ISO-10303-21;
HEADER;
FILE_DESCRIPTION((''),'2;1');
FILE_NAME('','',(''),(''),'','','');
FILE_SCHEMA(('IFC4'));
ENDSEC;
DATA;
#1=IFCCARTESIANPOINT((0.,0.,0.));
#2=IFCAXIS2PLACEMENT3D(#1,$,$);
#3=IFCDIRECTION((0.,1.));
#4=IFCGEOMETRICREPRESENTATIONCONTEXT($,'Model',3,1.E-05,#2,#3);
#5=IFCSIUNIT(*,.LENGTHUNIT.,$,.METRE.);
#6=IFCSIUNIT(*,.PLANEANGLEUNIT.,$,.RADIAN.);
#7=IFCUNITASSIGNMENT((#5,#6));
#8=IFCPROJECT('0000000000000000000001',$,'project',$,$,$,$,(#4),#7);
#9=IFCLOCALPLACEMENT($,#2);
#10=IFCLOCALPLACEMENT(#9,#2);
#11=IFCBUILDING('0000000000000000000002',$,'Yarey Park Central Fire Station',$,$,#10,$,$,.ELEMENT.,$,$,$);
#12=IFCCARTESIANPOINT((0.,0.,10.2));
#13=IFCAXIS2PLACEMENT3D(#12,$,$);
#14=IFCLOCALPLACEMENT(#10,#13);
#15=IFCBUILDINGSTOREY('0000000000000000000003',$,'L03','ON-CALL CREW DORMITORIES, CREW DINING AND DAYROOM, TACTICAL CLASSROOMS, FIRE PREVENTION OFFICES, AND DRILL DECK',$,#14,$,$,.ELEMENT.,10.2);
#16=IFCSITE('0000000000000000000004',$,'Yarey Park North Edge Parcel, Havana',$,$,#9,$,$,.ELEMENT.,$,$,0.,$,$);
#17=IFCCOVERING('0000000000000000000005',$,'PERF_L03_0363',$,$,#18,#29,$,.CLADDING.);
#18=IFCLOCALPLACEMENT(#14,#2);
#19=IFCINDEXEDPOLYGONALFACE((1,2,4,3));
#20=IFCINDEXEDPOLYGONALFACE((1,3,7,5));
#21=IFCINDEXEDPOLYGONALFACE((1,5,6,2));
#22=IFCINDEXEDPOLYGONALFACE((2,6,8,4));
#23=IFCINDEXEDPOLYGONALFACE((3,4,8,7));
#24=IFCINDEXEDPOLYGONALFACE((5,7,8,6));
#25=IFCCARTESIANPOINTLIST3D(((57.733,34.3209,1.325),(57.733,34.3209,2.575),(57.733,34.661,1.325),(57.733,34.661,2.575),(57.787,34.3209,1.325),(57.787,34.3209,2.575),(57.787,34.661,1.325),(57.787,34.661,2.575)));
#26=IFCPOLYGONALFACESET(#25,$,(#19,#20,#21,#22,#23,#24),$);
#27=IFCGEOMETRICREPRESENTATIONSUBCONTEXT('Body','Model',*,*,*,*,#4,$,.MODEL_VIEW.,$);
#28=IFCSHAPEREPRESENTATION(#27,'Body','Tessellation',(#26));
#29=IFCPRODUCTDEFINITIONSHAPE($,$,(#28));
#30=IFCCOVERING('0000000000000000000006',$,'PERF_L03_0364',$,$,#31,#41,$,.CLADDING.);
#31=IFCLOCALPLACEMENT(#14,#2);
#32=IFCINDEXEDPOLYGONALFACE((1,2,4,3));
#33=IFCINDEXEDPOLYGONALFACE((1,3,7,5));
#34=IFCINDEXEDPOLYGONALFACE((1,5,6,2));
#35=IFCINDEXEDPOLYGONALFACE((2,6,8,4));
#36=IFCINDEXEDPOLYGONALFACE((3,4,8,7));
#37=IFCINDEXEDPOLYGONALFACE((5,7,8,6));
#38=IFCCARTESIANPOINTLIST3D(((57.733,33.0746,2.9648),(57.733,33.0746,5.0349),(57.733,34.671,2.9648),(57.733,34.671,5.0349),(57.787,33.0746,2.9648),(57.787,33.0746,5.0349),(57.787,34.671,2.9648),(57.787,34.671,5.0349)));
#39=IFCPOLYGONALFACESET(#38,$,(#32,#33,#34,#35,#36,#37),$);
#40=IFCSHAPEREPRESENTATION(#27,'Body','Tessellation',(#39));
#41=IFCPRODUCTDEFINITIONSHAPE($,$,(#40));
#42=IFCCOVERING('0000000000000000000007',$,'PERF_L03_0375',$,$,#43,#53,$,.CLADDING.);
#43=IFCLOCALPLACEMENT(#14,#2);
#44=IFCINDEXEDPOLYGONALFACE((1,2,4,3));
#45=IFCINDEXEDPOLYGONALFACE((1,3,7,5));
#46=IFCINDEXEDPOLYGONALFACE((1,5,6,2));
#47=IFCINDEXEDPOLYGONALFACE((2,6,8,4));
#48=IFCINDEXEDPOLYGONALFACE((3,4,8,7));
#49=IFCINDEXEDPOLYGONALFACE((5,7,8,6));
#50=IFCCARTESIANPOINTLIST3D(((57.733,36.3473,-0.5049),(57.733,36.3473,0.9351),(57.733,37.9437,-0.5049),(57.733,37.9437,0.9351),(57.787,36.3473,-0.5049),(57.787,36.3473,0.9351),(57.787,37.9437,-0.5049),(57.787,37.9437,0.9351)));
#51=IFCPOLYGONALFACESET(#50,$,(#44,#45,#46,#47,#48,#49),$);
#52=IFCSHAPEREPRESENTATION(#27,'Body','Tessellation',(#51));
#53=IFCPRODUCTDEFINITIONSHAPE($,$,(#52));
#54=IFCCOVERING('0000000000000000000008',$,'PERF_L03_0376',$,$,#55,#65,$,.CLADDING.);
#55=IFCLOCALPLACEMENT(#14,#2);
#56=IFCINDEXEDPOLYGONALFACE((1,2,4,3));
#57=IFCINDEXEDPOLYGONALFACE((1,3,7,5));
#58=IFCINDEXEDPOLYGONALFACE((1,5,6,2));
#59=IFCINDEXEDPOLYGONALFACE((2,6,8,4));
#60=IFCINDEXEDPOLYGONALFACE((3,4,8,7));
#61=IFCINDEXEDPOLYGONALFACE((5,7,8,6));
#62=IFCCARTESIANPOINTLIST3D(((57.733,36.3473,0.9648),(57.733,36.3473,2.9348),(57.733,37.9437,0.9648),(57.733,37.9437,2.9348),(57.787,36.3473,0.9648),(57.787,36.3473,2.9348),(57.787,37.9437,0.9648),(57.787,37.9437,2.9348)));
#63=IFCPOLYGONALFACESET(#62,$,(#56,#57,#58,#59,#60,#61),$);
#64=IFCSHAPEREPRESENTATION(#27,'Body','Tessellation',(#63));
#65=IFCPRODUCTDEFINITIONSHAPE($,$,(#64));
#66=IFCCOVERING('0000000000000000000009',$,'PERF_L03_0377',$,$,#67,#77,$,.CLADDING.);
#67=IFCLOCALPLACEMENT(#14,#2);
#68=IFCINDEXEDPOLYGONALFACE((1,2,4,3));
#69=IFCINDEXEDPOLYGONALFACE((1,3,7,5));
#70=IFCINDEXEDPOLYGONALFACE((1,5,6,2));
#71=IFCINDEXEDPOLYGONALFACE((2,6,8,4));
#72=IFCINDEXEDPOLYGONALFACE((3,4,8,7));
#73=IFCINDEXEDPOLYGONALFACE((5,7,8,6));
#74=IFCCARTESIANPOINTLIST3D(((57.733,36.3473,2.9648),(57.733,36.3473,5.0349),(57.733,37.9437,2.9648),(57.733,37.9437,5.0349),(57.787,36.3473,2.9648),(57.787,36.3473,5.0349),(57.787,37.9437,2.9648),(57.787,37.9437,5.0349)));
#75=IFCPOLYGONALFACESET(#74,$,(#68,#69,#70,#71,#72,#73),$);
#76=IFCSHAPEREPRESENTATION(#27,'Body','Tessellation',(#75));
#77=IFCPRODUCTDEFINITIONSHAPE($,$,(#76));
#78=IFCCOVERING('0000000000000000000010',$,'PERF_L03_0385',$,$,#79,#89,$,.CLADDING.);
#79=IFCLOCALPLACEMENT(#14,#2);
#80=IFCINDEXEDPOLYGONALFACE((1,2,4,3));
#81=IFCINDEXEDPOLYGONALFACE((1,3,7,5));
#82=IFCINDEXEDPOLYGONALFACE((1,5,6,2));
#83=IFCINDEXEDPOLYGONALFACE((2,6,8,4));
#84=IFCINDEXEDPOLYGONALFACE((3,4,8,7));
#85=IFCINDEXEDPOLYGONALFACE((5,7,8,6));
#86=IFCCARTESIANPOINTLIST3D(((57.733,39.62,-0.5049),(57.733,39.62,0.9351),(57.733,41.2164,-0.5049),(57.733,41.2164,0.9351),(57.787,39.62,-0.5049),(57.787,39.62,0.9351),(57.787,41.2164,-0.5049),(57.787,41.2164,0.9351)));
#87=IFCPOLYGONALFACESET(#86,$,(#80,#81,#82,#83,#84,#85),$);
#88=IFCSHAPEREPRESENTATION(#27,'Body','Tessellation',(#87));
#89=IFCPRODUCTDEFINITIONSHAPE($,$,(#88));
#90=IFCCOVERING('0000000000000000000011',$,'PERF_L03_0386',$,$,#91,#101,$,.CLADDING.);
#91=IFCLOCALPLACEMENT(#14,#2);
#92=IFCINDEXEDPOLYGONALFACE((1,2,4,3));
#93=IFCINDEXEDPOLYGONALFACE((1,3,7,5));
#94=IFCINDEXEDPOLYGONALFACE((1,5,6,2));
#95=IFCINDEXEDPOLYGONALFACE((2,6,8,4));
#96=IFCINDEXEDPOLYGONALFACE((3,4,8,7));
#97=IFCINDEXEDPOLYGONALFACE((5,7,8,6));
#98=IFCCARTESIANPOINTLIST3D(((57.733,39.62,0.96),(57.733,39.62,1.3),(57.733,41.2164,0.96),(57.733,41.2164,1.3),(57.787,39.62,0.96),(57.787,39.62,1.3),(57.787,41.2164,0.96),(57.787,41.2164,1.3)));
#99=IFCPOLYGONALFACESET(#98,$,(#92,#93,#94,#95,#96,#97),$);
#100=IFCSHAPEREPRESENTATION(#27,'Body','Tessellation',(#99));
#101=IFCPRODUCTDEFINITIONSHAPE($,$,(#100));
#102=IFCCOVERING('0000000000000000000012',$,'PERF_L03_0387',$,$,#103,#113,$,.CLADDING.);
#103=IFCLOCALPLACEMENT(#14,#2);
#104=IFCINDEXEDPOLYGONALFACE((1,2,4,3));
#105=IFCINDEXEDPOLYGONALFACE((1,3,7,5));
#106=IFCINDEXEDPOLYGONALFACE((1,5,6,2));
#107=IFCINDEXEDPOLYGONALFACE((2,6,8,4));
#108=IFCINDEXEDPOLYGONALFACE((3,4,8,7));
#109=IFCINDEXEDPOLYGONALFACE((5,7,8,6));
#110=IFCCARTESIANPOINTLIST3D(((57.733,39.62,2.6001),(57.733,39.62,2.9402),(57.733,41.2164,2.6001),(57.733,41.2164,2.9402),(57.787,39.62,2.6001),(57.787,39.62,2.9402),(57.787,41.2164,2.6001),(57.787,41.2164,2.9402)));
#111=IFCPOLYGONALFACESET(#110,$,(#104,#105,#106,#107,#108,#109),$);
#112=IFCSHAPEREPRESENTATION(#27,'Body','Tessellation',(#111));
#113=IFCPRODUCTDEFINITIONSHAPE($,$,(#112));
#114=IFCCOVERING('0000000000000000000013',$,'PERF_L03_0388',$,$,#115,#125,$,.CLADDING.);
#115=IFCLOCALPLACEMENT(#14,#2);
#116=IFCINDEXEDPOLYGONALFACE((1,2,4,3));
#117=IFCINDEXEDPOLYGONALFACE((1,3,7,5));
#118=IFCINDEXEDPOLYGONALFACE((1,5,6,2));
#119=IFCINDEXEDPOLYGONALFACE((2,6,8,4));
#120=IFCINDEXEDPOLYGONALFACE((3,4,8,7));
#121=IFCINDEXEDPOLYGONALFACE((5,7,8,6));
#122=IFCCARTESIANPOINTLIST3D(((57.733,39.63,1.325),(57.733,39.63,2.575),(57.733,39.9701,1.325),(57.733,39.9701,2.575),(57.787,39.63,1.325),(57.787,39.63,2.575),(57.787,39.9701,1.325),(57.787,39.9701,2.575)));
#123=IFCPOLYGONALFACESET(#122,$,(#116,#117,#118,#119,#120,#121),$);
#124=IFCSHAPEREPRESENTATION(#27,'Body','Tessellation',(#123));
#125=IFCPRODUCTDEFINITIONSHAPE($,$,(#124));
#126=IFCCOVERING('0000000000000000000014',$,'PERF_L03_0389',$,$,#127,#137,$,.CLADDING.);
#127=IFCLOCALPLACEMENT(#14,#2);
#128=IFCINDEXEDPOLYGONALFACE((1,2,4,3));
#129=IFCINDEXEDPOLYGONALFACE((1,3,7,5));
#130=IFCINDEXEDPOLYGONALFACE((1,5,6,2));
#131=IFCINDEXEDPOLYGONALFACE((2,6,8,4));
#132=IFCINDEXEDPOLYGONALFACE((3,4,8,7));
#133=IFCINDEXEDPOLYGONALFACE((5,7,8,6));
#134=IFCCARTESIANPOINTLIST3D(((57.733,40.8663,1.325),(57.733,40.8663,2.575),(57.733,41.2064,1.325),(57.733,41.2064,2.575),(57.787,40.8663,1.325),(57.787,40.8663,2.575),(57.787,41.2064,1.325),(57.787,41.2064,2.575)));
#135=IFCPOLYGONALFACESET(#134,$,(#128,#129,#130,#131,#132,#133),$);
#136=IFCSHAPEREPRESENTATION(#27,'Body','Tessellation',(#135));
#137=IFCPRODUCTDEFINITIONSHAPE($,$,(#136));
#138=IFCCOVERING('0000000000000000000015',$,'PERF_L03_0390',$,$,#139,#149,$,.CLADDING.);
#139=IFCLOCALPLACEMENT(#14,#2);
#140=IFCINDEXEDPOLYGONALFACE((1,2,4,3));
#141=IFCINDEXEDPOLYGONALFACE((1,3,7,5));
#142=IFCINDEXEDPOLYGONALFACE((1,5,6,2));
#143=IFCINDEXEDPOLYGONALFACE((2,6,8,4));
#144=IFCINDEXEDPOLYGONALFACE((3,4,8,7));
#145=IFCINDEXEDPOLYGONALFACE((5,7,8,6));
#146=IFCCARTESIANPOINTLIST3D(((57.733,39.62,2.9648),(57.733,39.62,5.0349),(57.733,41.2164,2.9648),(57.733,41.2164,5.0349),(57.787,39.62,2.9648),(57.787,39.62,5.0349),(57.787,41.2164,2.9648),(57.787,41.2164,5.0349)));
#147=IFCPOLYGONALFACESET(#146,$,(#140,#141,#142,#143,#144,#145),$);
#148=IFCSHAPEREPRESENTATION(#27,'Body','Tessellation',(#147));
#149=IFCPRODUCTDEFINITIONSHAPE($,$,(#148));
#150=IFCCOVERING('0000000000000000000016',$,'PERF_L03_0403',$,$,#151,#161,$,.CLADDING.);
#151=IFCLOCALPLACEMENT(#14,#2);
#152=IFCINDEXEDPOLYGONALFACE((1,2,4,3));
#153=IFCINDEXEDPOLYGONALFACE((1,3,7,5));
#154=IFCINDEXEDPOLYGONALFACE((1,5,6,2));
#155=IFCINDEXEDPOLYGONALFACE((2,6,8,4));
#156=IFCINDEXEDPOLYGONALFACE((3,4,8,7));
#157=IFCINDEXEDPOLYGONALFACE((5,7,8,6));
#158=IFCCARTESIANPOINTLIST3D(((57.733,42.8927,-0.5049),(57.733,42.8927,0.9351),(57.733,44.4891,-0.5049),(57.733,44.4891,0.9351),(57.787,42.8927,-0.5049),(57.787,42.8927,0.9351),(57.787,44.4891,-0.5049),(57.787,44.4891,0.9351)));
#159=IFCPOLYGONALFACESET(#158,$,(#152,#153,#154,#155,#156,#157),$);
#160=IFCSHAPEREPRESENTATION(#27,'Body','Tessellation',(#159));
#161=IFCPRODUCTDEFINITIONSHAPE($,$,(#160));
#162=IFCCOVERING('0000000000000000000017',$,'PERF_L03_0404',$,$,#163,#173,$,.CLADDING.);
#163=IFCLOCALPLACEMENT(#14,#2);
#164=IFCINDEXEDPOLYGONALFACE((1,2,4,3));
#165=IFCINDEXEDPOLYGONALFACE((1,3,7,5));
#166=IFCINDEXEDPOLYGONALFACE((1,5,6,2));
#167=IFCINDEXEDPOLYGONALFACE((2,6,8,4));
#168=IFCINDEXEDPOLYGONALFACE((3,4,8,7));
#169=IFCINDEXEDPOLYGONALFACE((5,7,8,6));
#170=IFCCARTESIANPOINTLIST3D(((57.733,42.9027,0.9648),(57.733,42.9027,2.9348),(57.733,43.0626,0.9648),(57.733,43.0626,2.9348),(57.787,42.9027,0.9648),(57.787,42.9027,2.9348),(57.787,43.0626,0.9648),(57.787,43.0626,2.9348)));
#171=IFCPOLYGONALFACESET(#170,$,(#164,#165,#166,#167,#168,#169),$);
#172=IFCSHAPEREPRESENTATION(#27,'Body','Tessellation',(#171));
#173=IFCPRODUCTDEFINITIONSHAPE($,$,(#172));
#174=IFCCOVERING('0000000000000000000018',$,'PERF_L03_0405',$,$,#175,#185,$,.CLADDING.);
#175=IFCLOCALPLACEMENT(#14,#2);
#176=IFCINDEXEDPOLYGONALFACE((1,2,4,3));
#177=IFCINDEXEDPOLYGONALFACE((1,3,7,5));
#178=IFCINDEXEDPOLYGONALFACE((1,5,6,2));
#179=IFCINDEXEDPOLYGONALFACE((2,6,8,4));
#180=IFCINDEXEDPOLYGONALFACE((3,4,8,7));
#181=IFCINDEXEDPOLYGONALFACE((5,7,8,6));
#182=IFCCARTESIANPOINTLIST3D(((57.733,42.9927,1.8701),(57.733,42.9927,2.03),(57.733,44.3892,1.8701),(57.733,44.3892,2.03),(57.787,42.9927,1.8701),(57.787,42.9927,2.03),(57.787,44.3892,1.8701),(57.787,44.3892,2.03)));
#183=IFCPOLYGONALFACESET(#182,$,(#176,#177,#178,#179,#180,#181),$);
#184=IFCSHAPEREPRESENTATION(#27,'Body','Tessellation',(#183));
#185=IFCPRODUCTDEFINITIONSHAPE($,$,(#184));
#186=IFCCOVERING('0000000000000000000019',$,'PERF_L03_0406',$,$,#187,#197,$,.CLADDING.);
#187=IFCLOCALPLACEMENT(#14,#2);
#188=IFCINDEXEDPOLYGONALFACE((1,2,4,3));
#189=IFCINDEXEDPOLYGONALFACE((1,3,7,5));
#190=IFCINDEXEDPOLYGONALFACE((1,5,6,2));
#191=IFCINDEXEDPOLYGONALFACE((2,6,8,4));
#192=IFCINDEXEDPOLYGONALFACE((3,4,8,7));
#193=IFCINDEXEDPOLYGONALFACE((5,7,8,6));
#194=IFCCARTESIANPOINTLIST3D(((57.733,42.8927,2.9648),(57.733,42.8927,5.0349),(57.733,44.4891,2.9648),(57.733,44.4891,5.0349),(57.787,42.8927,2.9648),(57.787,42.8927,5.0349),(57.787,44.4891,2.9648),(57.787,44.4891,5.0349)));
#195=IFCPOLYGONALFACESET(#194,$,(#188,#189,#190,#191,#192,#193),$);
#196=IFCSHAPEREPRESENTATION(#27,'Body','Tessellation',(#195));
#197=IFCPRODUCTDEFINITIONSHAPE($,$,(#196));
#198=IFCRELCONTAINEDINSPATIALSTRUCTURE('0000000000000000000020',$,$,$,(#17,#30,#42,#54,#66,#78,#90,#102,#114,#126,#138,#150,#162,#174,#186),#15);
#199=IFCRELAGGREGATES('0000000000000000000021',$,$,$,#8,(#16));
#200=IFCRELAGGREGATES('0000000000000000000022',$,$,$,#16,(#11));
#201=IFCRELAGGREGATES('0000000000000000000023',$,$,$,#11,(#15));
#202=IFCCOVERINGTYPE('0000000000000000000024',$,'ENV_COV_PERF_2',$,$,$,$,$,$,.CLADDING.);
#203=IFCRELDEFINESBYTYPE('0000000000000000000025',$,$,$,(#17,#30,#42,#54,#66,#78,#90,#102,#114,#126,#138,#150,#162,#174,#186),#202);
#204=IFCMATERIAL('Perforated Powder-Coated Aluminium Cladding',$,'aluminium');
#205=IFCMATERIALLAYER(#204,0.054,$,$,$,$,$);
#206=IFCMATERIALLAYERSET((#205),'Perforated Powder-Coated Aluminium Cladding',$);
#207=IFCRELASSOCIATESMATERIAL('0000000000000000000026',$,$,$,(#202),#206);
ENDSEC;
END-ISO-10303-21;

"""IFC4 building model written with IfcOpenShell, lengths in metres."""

from ifc_helpers import new_model, si_unit, direction, frame, origin, origin_2d, place, context, subcontext, project, spatial, rectangle, extrude, material, layer, layer_set, type_object, element, save


model = new_model("IFC4")

# Units and contexts
model_context = context("Model", 3, precision=1e-05, world=origin(), true_north=direction((0.0, 1.0)))
body_context = subcontext(model_context, "Body", "Model", "MODEL_VIEW")
ifc_project = project(units=[si_unit("LENGTHUNIT", "METRE"), si_unit("PLANEANGLEUNIT", "RADIAN")], contexts=[model_context])

# Site, building, storey
site_placement = place(None, origin())
site = spatial("IfcSite", under=ifc_project, at=site_placement, Name="Yarey Park North Edge Parcel, Havana", CompositionType="ELEMENT", RefElevation=0.0)
building_placement = place(site_placement, origin())
building = spatial("IfcBuilding", under=site, at=building_placement, Name="Yarey Park Central Fire Station", CompositionType="ELEMENT")
storey_placement = place(building_placement, frame((0.0, 0.0, 10.2)))
storey = spatial("IfcBuildingStorey", under=building, at=storey_placement, Name="L03", Description="ON-CALL CREW DORMITORIES, CREW DINING AND DAYROOM, TACTICAL CLASSROOMS, FIRE PREVENTION OFFICES, AND DRILL DECK", CompositionType="ELEMENT", Elevation=10.2)

# Coverings
ifc_material = material(Name="Perforated Powder-Coated Aluminium Cladding", Category="aluminium")
ifc_layer_1 = layer(ifc_material, 0.054)
ifc_layer_set_1 = layer_set([ifc_layer_1], Name="Perforated Powder-Coated Aluminium Cladding")
covering_type_1 = type_object("IfcCoveringType", Name="ENV_COV_PERF_2", PredefinedType="CLADDING", material=ifc_layer_set_1)
for number, where, z_axis, x_axis, name in (
    (1, (57.76, 34.491, 1.325), (0.0, 0.0, 1.0), (0.0, 1.0, 0.0), "PERF_L03_0363"),
):
    element("IfcCovering", number, at=place(storey_placement, frame(where, z_axis=z_axis, x_axis=x_axis)), inside=storey, type_object=covering_type_1, Name=name, PredefinedType="CLADDING", context=body_context, shape_type="SweptSolid", body=[
        extrude(rectangle(XDim=0.3401, YDim=0.054, at=origin_2d()), origin(), (0.0, 0.0, 1.0), 1.25),
    ])
covering_1_placement = place(storey_placement, frame((57.76, 33.8728, 2.9648), z_axis=(0.0, 0.0, 1.0), x_axis=(0.0, 1.0, 0.0)))
element("IfcCovering", 2, at=covering_1_placement, inside=storey, type_object=covering_type_1, Name="PERF_L03_0364", PredefinedType="CLADDING", context=body_context, shape_type="SweptSolid", body=[
    extrude(rectangle(XDim=1.5964, YDim=0.054, at=origin_2d()), origin(), (0.0, 0.0, 1.0), 2.0701),
])
covering_2_placement = place(storey_placement, frame((57.76, 37.1455, -0.5049), z_axis=(0.0, 0.0, 1.0), x_axis=(0.0, 1.0, 0.0)))
element("IfcCovering", 3, at=covering_2_placement, inside=storey, type_object=covering_type_1, Name="PERF_L03_0375", PredefinedType="CLADDING", context=body_context, shape_type="SweptSolid", body=[
    extrude(rectangle(XDim=1.5964, YDim=0.054, at=origin_2d()), origin(), (0.0, 0.0, 1.0), 1.4399),
])
covering_3_placement = place(storey_placement, frame((57.76, 37.1455, 0.9648), z_axis=(0.0, 0.0, 1.0), x_axis=(0.0, 1.0, 0.0)))
element("IfcCovering", 4, at=covering_3_placement, inside=storey, type_object=covering_type_1, Name="PERF_L03_0376", PredefinedType="CLADDING", context=body_context, shape_type="SweptSolid", body=[
    extrude(rectangle(XDim=1.5964, YDim=0.054, at=origin_2d()), origin(), (0.0, 0.0, 1.0), 1.97),
])
covering_4_placement = place(storey_placement, frame((57.76, 37.1455, 2.9648), z_axis=(0.0, 0.0, 1.0), x_axis=(0.0, 1.0, 0.0)))
element("IfcCovering", 5, at=covering_4_placement, inside=storey, type_object=covering_type_1, Name="PERF_L03_0377", PredefinedType="CLADDING", context=body_context, shape_type="SweptSolid", body=[
    extrude(rectangle(XDim=1.5964, YDim=0.054, at=origin_2d()), origin(), (0.0, 0.0, 1.0), 2.0701),
])
covering_5_placement = place(storey_placement, frame((57.76, 40.4182, -0.5049), z_axis=(0.0, 0.0, 1.0), x_axis=(0.0, 1.0, 0.0)))
element("IfcCovering", 6, at=covering_5_placement, inside=storey, type_object=covering_type_1, Name="PERF_L03_0385", PredefinedType="CLADDING", context=body_context, shape_type="SweptSolid", body=[
    extrude(rectangle(XDim=1.5964, YDim=0.054, at=origin_2d()), origin(), (0.0, 0.0, 1.0), 1.4399),
])
for number, where, z_axis, x_axis, name in (
    (7, (57.76, 40.4182, 0.96), (0.0, 0.0, 1.0), (0.0, 1.0, 0.0), "PERF_L03_0386"),
    (8, (57.76, 40.4182, 2.6001), (0.0, 0.0, 1.0), (0.0, 1.0, 0.0), "PERF_L03_0387"),
):
    element("IfcCovering", number, at=place(storey_placement, frame(where, z_axis=z_axis, x_axis=x_axis)), inside=storey, type_object=covering_type_1, Name=name, PredefinedType="CLADDING", context=body_context, shape_type="SweptSolid", body=[
        extrude(rectangle(XDim=1.5964, YDim=0.054, at=origin_2d()), origin(), (0.0, 0.0, 1.0), 0.3401),
    ])
for number, where, z_axis, x_axis, name in (
    (9, (57.76, 39.8, 1.325), (0.0, 0.0, 1.0), (0.0, 1.0, 0.0), "PERF_L03_0388"),
    (10, (57.76, 41.0364, 1.325), (0.0, 0.0, 1.0), (0.0, 1.0, 0.0), "PERF_L03_0389"),
):
    element("IfcCovering", number, at=place(storey_placement, frame(where, z_axis=z_axis, x_axis=x_axis)), inside=storey, type_object=covering_type_1, Name=name, PredefinedType="CLADDING", context=body_context, shape_type="SweptSolid", body=[
        extrude(rectangle(XDim=0.3401, YDim=0.054, at=origin_2d()), origin(), (0.0, 0.0, 1.0), 1.25),
    ])
covering_6_placement = place(storey_placement, frame((57.76, 40.4182, 2.9648), z_axis=(0.0, 0.0, 1.0), x_axis=(0.0, 1.0, 0.0)))
element("IfcCovering", 11, at=covering_6_placement, inside=storey, type_object=covering_type_1, Name="PERF_L03_0390", PredefinedType="CLADDING", context=body_context, shape_type="SweptSolid", body=[
    extrude(rectangle(XDim=1.5964, YDim=0.054, at=origin_2d()), origin(), (0.0, 0.0, 1.0), 2.0701),
])
covering_7_placement = place(storey_placement, frame((57.76, 43.6909, -0.5049), z_axis=(0.0, 0.0, 1.0), x_axis=(0.0, 1.0, 0.0)))
element("IfcCovering", 12, at=covering_7_placement, inside=storey, type_object=covering_type_1, Name="PERF_L03_0403", PredefinedType="CLADDING", context=body_context, shape_type="SweptSolid", body=[
    extrude(rectangle(XDim=1.5964, YDim=0.054, at=origin_2d()), origin(), (0.0, 0.0, 1.0), 1.4399),
])
covering_8_placement = place(storey_placement, frame((57.76, 42.9827, 0.9648), z_axis=(0.0, 0.0, 1.0), x_axis=(0.0, 1.0, 0.0)))
element("IfcCovering", 13, at=covering_8_placement, inside=storey, type_object=covering_type_1, Name="PERF_L03_0404", PredefinedType="CLADDING", context=body_context, shape_type="SweptSolid", body=[
    extrude(rectangle(XDim=0.1599, YDim=0.054, at=origin_2d()), origin(), (0.0, 0.0, 1.0), 1.97),
])
covering_9_placement = place(storey_placement, frame((57.76, 43.6909, 1.8701), z_axis=(0.0, 0.0, 1.0), x_axis=(0.0, 1.0, 0.0)))
element("IfcCovering", 14, at=covering_9_placement, inside=storey, type_object=covering_type_1, Name="PERF_L03_0405", PredefinedType="CLADDING", context=body_context, shape_type="SweptSolid", body=[
    extrude(rectangle(XDim=1.3965, YDim=0.054, at=origin_2d()), origin(), (0.0, 0.0, 1.0), 0.1599),
])
covering_10_placement = place(storey_placement, frame((57.76, 43.6909, 2.9648), z_axis=(0.0, 0.0, 1.0), x_axis=(0.0, 1.0, 0.0)))
element("IfcCovering", 15, at=covering_10_placement, inside=storey, type_object=covering_type_1, Name="PERF_L03_0406", PredefinedType="CLADDING", context=body_context, shape_type="SweptSolid", body=[
    extrude(rectangle(XDim=1.5964, YDim=0.054, at=origin_2d()), origin(), (0.0, 0.0, 1.0), 2.0701),
])

save(model, "model.ifc")
